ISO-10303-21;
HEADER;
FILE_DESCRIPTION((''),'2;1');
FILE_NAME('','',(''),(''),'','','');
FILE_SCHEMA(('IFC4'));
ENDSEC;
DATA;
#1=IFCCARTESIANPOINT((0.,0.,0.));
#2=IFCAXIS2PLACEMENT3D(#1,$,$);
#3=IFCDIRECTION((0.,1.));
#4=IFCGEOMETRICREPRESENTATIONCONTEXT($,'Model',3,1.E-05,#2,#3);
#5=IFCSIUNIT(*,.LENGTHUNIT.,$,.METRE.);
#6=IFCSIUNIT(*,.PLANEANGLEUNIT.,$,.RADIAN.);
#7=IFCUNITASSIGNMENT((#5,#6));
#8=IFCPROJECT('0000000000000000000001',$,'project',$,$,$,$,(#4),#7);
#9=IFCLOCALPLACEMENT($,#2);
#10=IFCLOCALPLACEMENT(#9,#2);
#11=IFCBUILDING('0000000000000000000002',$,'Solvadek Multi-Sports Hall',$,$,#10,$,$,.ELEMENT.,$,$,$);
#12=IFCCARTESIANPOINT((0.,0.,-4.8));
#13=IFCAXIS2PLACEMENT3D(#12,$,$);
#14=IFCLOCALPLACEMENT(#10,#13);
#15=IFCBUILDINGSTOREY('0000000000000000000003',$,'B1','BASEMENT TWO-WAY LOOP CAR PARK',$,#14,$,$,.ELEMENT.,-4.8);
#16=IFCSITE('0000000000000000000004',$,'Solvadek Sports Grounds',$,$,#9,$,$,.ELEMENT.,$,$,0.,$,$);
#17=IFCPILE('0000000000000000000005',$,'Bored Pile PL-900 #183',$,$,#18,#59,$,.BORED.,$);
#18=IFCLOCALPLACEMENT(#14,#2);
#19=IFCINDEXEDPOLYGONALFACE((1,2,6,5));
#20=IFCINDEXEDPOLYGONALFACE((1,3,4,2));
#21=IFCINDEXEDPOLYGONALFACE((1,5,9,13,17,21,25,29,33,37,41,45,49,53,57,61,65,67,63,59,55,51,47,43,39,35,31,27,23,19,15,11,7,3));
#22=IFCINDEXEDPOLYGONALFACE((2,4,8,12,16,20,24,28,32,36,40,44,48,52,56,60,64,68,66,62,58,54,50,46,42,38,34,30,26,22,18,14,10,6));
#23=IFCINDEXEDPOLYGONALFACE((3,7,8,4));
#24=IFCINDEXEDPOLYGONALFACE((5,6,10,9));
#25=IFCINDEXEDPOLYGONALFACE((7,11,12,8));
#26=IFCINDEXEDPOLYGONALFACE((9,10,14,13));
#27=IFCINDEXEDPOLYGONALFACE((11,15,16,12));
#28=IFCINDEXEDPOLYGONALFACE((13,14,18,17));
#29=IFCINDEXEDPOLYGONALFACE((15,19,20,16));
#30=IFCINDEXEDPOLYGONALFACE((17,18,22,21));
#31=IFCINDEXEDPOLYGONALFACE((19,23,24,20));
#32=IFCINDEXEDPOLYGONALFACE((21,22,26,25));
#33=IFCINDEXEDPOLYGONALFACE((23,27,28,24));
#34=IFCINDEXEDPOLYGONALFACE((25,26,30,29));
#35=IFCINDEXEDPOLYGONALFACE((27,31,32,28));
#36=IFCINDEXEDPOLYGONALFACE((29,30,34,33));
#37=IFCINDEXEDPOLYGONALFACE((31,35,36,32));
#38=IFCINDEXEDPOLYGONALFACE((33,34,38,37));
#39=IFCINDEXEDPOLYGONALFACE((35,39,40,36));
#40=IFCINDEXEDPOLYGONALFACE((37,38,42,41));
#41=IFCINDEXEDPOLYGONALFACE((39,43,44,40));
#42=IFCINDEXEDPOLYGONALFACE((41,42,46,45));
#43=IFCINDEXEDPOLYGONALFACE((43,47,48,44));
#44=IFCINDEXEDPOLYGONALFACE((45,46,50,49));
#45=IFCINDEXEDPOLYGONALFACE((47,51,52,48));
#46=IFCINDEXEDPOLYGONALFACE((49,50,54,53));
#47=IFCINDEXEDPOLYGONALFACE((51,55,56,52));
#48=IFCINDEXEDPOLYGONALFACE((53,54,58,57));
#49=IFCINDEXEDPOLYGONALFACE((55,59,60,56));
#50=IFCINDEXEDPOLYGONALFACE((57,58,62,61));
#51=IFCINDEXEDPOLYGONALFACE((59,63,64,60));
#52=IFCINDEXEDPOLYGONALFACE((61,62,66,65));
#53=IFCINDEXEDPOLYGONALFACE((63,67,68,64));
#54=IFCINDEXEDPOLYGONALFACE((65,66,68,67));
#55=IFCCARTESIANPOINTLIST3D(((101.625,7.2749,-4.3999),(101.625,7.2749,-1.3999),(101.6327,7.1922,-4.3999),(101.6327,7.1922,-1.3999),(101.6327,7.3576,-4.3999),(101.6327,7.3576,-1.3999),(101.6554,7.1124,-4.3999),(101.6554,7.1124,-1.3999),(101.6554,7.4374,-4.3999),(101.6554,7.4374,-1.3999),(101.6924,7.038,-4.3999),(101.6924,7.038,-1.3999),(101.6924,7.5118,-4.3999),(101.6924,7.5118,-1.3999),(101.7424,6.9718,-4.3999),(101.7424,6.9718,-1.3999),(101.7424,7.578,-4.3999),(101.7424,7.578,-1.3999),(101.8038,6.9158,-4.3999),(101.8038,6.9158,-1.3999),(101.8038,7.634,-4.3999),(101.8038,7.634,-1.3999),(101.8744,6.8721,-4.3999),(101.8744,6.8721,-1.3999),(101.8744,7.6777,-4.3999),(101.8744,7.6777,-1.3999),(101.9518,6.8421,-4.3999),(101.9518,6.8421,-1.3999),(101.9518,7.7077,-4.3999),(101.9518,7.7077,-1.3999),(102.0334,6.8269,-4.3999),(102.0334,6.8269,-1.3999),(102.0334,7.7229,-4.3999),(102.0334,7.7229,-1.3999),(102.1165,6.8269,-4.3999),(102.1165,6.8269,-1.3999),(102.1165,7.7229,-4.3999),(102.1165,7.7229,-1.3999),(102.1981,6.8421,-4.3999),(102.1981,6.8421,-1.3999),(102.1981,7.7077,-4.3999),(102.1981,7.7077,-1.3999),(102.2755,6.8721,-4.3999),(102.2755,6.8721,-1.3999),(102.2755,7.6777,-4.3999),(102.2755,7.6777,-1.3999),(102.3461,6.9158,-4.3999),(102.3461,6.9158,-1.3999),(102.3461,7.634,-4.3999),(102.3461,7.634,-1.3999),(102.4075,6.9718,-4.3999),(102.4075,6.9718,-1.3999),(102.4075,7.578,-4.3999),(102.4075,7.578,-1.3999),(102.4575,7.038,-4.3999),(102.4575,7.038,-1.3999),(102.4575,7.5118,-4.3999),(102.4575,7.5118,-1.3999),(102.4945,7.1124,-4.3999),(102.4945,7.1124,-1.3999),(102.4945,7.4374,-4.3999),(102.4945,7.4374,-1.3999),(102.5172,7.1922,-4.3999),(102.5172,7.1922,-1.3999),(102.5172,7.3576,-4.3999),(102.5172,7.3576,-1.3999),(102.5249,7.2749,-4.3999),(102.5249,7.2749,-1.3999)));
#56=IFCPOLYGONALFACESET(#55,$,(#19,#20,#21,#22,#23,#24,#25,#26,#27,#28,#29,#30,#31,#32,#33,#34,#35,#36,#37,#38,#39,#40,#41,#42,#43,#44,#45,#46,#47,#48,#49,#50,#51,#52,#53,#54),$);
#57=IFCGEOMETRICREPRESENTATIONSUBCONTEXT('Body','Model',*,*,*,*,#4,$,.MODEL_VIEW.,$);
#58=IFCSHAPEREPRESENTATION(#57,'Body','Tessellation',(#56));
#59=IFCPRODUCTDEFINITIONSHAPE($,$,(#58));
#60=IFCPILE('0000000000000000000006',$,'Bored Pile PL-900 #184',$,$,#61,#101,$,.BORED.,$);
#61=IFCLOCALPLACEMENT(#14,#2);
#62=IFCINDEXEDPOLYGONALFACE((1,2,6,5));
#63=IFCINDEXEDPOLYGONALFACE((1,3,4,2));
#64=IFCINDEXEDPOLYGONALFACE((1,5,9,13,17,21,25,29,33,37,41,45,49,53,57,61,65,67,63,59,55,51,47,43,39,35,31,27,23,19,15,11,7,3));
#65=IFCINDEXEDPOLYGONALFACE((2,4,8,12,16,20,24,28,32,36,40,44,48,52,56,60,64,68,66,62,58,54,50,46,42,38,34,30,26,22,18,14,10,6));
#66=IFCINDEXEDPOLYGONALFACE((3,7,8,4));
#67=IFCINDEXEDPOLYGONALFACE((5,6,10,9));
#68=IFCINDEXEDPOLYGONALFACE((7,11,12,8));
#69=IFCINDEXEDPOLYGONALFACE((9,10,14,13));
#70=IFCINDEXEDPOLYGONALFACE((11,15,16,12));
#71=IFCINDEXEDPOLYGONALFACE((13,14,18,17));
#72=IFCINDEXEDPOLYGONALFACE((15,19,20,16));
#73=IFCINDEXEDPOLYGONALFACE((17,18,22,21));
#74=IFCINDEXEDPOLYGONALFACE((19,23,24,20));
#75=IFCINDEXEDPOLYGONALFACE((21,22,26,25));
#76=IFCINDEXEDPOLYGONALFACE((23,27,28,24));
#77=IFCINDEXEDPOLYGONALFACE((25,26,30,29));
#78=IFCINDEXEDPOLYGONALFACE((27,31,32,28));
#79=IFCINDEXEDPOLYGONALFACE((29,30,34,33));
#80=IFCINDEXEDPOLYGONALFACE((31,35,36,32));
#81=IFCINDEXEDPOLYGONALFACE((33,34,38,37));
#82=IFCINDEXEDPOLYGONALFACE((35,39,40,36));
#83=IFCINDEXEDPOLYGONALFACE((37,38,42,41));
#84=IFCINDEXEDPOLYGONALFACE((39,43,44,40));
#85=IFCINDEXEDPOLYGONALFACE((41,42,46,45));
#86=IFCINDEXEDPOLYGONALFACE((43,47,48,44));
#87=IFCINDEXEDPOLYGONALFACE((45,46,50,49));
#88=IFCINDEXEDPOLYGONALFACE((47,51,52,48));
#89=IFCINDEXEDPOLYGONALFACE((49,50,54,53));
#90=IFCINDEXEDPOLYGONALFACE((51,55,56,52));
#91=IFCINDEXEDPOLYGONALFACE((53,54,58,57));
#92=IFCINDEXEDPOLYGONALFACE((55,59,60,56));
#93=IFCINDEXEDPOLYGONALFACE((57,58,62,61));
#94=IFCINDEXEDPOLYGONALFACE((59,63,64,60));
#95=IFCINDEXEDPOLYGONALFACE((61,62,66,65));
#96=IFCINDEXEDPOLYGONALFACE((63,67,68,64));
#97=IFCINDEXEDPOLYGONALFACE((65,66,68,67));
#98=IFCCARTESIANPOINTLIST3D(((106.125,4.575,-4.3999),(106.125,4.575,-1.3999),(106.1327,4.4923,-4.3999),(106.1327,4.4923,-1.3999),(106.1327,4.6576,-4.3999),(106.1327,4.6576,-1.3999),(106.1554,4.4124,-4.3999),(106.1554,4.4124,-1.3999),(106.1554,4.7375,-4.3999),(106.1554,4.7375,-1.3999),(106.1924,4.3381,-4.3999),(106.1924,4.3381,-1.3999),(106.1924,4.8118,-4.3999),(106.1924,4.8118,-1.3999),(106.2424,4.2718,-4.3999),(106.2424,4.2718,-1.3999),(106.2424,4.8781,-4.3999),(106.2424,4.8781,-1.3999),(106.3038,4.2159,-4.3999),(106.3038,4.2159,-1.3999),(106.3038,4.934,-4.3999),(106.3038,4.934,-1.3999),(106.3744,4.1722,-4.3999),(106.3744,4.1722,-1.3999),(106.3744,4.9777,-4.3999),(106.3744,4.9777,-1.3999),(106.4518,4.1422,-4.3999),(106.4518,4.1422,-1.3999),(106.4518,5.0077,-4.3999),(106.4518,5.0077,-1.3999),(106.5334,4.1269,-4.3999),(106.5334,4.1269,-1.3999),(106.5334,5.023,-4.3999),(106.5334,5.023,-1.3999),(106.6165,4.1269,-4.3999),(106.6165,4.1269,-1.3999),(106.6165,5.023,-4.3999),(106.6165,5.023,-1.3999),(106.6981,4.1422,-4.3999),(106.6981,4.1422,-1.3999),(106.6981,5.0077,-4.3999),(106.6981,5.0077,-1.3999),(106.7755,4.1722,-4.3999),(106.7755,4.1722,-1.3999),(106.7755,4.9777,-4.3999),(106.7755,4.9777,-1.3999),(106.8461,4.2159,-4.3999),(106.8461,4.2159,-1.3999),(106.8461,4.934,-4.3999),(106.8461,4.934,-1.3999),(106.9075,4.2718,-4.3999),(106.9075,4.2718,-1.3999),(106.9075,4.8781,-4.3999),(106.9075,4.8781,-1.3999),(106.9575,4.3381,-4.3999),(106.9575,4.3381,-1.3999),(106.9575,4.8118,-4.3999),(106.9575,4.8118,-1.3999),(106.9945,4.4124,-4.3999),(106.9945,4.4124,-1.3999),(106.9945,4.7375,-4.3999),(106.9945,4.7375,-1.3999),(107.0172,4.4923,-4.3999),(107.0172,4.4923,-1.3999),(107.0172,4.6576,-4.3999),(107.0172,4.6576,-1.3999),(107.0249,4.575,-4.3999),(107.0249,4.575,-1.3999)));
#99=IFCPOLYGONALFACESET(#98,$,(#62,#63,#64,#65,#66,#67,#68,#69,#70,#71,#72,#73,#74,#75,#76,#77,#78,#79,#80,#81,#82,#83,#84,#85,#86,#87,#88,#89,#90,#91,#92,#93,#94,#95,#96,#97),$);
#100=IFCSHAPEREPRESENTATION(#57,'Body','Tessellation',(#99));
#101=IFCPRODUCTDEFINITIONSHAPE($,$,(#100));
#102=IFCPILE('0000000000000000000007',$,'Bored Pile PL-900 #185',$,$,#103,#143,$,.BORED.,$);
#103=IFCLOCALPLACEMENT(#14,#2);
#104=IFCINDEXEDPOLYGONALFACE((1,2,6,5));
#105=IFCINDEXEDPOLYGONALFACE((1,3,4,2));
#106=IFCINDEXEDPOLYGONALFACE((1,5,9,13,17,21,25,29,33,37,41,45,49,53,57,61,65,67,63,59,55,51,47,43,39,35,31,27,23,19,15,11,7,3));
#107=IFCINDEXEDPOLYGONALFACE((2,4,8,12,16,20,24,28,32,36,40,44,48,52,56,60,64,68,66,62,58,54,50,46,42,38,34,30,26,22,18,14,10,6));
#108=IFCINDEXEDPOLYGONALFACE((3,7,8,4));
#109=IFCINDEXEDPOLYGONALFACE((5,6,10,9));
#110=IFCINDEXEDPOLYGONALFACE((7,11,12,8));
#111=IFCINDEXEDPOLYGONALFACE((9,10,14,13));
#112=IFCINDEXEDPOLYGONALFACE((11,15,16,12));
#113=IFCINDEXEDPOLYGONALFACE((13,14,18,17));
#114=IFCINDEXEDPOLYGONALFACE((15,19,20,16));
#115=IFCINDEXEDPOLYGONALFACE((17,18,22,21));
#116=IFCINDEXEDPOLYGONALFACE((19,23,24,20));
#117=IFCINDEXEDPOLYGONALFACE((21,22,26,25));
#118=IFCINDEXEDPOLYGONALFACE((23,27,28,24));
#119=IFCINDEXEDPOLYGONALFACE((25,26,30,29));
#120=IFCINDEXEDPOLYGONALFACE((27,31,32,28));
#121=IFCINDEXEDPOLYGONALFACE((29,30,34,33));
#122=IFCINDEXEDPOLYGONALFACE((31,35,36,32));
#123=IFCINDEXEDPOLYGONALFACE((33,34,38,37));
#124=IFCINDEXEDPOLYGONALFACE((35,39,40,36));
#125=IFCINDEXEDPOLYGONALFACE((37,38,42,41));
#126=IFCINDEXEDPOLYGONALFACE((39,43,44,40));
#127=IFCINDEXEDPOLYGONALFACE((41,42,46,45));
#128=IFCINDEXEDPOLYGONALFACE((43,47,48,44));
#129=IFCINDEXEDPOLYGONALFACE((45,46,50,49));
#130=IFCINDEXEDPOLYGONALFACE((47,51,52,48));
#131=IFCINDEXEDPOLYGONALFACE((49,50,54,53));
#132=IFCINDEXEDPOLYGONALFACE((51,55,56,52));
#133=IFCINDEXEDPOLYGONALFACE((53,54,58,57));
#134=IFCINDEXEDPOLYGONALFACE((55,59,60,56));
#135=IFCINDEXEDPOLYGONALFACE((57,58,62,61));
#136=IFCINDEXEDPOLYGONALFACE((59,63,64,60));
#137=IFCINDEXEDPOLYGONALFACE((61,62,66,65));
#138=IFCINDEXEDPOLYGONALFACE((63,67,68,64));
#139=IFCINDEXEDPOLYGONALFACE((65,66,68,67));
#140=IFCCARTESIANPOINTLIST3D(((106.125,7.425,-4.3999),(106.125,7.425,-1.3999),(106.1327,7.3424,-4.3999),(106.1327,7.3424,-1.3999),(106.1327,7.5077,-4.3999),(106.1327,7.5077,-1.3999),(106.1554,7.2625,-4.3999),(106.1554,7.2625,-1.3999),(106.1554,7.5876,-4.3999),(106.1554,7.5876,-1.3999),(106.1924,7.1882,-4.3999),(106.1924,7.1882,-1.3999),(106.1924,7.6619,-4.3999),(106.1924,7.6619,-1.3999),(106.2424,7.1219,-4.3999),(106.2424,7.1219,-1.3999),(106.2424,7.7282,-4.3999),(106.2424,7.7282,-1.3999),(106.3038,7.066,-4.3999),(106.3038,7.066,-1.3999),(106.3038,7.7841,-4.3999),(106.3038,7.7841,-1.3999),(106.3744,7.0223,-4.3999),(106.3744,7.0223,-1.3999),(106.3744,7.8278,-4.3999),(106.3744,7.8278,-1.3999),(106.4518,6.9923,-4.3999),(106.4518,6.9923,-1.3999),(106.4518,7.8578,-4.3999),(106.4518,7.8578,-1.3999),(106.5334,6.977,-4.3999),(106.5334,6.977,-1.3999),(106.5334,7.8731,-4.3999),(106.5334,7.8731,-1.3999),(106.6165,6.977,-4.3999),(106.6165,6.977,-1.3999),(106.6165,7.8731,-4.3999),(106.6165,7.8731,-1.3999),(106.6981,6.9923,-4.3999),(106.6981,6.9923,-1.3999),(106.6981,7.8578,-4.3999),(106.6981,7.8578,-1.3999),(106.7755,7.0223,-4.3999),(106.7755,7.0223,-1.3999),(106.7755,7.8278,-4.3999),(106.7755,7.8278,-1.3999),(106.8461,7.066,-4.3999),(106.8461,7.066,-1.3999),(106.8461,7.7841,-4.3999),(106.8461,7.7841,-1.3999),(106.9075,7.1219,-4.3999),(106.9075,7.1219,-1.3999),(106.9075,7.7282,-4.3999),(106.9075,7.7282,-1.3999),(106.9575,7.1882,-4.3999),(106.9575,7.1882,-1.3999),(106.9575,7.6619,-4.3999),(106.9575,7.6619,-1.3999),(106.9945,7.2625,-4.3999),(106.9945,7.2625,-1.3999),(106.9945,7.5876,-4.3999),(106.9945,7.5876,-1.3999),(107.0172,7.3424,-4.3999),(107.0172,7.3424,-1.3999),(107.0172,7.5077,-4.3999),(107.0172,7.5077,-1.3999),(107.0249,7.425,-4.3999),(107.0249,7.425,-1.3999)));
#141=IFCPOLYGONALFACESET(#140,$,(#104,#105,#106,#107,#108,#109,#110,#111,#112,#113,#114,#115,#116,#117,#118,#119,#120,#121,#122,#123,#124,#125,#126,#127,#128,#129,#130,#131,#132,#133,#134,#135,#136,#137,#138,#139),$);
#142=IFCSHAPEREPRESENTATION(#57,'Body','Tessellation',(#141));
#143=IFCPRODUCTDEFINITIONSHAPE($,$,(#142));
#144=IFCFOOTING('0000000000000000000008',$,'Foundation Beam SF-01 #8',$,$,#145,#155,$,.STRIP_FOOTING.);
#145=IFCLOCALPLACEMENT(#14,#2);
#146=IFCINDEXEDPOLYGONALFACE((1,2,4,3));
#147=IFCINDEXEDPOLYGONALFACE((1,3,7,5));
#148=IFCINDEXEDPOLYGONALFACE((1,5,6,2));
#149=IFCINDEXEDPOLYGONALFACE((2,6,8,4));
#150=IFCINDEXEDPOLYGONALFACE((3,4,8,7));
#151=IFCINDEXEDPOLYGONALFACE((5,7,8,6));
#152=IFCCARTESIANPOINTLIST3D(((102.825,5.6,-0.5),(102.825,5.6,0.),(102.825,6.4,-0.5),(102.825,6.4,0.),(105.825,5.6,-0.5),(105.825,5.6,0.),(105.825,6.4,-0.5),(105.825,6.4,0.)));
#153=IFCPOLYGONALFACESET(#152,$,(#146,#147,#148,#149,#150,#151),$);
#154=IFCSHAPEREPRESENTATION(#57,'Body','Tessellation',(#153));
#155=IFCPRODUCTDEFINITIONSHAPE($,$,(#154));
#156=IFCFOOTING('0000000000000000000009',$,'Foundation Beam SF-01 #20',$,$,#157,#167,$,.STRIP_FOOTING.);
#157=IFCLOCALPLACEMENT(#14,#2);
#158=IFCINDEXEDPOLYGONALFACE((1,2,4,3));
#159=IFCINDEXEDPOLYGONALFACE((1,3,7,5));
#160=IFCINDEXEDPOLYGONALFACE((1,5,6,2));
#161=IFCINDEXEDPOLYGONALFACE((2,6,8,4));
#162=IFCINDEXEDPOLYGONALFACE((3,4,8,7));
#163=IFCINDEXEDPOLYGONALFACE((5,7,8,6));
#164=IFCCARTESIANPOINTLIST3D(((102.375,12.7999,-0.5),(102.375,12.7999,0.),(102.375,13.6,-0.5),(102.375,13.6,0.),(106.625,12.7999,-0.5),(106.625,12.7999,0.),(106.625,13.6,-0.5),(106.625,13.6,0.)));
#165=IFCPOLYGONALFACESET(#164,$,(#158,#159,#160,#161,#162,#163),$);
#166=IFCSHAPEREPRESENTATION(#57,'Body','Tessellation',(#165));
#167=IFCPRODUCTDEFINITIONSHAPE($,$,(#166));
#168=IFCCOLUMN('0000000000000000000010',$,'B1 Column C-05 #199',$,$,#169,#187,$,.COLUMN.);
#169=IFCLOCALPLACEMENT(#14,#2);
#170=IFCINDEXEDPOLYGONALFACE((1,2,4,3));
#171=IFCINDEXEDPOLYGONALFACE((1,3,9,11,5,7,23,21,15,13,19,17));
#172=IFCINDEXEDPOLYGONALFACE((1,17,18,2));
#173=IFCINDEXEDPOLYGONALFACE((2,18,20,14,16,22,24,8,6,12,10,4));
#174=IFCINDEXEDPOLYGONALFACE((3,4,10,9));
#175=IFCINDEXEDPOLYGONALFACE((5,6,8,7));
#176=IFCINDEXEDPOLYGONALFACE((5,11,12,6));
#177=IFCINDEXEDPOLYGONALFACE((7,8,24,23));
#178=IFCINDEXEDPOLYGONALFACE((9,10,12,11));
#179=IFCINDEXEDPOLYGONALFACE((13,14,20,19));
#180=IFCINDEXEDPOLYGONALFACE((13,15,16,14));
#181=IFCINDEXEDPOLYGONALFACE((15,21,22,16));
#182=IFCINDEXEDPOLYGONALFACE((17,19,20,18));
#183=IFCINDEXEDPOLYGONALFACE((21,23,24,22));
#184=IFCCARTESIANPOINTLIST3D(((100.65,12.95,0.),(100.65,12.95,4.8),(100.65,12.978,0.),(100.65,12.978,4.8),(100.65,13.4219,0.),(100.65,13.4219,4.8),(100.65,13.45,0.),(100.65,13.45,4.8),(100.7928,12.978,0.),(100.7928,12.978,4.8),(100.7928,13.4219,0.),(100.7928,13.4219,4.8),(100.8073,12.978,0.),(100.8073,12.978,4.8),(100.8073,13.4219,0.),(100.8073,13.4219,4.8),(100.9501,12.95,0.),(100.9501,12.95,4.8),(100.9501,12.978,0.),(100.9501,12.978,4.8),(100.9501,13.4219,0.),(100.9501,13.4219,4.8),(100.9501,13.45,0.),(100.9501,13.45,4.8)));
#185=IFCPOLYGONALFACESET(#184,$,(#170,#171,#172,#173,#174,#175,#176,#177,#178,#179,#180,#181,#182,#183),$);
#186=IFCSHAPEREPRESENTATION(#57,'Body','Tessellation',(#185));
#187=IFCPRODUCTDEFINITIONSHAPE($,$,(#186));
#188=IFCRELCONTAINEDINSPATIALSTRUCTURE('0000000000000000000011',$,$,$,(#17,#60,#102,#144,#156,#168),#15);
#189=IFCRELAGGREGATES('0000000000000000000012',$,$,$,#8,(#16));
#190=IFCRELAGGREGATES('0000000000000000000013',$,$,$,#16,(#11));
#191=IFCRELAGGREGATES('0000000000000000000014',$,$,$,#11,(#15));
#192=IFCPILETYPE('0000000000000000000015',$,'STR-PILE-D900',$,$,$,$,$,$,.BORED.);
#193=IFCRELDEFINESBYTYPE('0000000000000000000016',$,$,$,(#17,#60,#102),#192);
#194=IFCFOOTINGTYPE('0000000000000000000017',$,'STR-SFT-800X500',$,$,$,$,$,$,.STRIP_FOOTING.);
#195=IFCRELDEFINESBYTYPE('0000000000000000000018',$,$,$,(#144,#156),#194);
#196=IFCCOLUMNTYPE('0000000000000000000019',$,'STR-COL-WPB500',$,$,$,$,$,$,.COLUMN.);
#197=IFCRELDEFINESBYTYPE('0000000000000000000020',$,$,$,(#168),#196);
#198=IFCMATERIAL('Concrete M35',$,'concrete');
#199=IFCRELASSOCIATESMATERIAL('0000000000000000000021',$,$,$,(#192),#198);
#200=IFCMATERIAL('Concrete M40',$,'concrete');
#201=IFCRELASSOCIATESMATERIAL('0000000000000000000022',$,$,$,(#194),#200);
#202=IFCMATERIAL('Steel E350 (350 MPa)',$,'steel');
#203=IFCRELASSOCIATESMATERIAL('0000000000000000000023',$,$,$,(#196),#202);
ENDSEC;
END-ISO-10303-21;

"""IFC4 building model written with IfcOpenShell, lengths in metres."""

from ifc_helpers import new_model, si_unit, direction, frame, origin, origin_2d, place, context, subcontext, project, spatial, rectangle, circle, i_section, extrude, material, material_profile, profile_set, type_object, element, save


model = new_model("IFC4")

# Units and contexts
model_context = context("Model", 3, precision=1e-05, world=origin(), true_north=direction((0.0, 1.0)))
body_context = subcontext(model_context, "Body", "Model", "MODEL_VIEW")
ifc_project = project(units=[si_unit("LENGTHUNIT", "METRE"), si_unit("PLANEANGLEUNIT", "RADIAN")], contexts=[model_context])

# Site, building, storey
site_placement = place(None, origin())
site = spatial("IfcSite", under=ifc_project, at=site_placement, Name="Solvadek Sports Grounds", CompositionType="ELEMENT", RefElevation=0.0)
building_placement = place(site_placement, origin())
building = spatial("IfcBuilding", under=site, at=building_placement, Name="Solvadek Multi-Sports Hall", CompositionType="ELEMENT")
storey_placement = place(building_placement, frame((0.0, 0.0, -4.8)))
storey = spatial("IfcBuildingStorey", under=building, at=storey_placement, Name="B1", Description="BASEMENT TWO-WAY LOOP CAR PARK", CompositionType="ELEMENT", Elevation=-4.8)

# Shared definitions
ifc_material_1 = material(Name="Concrete M40", Category="concrete")

# Piles
ifc_material_2 = material(Name="Concrete M35", Category="concrete")
ifc_material_profile_1 = material_profile(ifc_material_2, circle(Radius=0.45, at=origin_2d()), Name="BORED PILE D900")
ifc_profile_set_1 = profile_set([ifc_material_profile_1], Name="Concrete M35")
pile_type_1 = type_object("IfcPileType", Name="STR-PILE-D900", PredefinedType="BORED", material=ifc_profile_set_1)
for number, where, z_axis, x_axis, name in (
    (1, (102.075, 7.2749, -1.3999), (0.0, 0.0, -1.0), (1.0, 0.0, 0.0), "Bored Pile PL-900 #183"),
    (2, (106.575, 4.575, -1.3999), (0.0, 0.0, -1.0), (1.0, 0.0, 0.0), "Bored Pile PL-900 #184"),
    (3, (106.575, 7.425, -1.3999), (0.0, 0.0, -1.0), (1.0, 0.0, 0.0), "Bored Pile PL-900 #185"),
):
    element("IfcPile", number, at=place(storey_placement, frame(where, z_axis=z_axis, x_axis=x_axis)), inside=storey, type_object=pile_type_1, Name=name, PredefinedType="BORED", context=body_context, shape_type="SweptSolid", body=[
        extrude(circle(Radius=0.45, at=origin_2d()), origin(), (0.0, 0.0, 1.0), 3.0),
    ])

# Footings
footing_type_1 = type_object("IfcFootingType", Name="STR-SFT-800X500", PredefinedType="STRIP_FOOTING", material=ifc_material_1)
footing_1_placement = place(storey_placement, frame((104.325, 6.0, -0.5), z_axis=(0.0, 0.0, 1.0), x_axis=(1.0, 0.0, 0.0)))
element("IfcFooting", 4, at=footing_1_placement, inside=storey, type_object=footing_type_1, Name="Foundation Beam SF-01 #8", PredefinedType="STRIP_FOOTING", context=body_context, shape_type="SweptSolid", body=[
    extrude(rectangle(XDim=3.0, YDim=0.8, at=origin_2d()), origin(), (0.0, 0.0, 1.0), 0.5),
])
footing_2_placement = place(storey_placement, frame((104.5, 13.2, -0.5), z_axis=(0.0, 0.0, 1.0), x_axis=(1.0, 0.0, 0.0)))
element("IfcFooting", 5, at=footing_2_placement, inside=storey, type_object=footing_type_1, Name="Foundation Beam SF-01 #20", PredefinedType="STRIP_FOOTING", context=body_context, shape_type="SweptSolid", body=[
    extrude(rectangle(XDim=4.25, YDim=0.8, at=origin_2d()), origin(), (0.0, 0.0, 1.0), 0.5),
])

# Column
ifc_material_3 = material(Name="Steel E350 (350 MPa)", Category="steel")
ifc_material_profile_2 = material_profile(ifc_material_3, i_section(OverallWidth=0.3, OverallDepth=0.5, WebThickness=0.0144, FlangeThickness=0.0281, at=origin_2d()), Name="WPB 500")
ifc_profile_set_2 = profile_set([ifc_material_profile_2], Name="Steel E350 (350 MPa)")
column_type_1 = type_object("IfcColumnType", Name="STR-COL-WPB500", PredefinedType="COLUMN", material=ifc_profile_set_2)
column_placement = place(storey_placement, frame((100.8, 13.2, 0.0), z_axis=(0.0, 0.0, 1.0), x_axis=(1.0, 0.0, 0.0)))
element("IfcColumn", 6, at=column_placement, inside=storey, type_object=column_type_1, Name="B1 Column C-05 #199", PredefinedType="COLUMN", context=body_context, shape_type="SweptSolid", body=[
    extrude(i_section(OverallWidth=0.3, OverallDepth=0.5, WebThickness=0.0144, FlangeThickness=0.0281, at=origin_2d()), origin(), (0.0, 0.0, 1.0), 4.8),
])

save(model, "model.ifc")
